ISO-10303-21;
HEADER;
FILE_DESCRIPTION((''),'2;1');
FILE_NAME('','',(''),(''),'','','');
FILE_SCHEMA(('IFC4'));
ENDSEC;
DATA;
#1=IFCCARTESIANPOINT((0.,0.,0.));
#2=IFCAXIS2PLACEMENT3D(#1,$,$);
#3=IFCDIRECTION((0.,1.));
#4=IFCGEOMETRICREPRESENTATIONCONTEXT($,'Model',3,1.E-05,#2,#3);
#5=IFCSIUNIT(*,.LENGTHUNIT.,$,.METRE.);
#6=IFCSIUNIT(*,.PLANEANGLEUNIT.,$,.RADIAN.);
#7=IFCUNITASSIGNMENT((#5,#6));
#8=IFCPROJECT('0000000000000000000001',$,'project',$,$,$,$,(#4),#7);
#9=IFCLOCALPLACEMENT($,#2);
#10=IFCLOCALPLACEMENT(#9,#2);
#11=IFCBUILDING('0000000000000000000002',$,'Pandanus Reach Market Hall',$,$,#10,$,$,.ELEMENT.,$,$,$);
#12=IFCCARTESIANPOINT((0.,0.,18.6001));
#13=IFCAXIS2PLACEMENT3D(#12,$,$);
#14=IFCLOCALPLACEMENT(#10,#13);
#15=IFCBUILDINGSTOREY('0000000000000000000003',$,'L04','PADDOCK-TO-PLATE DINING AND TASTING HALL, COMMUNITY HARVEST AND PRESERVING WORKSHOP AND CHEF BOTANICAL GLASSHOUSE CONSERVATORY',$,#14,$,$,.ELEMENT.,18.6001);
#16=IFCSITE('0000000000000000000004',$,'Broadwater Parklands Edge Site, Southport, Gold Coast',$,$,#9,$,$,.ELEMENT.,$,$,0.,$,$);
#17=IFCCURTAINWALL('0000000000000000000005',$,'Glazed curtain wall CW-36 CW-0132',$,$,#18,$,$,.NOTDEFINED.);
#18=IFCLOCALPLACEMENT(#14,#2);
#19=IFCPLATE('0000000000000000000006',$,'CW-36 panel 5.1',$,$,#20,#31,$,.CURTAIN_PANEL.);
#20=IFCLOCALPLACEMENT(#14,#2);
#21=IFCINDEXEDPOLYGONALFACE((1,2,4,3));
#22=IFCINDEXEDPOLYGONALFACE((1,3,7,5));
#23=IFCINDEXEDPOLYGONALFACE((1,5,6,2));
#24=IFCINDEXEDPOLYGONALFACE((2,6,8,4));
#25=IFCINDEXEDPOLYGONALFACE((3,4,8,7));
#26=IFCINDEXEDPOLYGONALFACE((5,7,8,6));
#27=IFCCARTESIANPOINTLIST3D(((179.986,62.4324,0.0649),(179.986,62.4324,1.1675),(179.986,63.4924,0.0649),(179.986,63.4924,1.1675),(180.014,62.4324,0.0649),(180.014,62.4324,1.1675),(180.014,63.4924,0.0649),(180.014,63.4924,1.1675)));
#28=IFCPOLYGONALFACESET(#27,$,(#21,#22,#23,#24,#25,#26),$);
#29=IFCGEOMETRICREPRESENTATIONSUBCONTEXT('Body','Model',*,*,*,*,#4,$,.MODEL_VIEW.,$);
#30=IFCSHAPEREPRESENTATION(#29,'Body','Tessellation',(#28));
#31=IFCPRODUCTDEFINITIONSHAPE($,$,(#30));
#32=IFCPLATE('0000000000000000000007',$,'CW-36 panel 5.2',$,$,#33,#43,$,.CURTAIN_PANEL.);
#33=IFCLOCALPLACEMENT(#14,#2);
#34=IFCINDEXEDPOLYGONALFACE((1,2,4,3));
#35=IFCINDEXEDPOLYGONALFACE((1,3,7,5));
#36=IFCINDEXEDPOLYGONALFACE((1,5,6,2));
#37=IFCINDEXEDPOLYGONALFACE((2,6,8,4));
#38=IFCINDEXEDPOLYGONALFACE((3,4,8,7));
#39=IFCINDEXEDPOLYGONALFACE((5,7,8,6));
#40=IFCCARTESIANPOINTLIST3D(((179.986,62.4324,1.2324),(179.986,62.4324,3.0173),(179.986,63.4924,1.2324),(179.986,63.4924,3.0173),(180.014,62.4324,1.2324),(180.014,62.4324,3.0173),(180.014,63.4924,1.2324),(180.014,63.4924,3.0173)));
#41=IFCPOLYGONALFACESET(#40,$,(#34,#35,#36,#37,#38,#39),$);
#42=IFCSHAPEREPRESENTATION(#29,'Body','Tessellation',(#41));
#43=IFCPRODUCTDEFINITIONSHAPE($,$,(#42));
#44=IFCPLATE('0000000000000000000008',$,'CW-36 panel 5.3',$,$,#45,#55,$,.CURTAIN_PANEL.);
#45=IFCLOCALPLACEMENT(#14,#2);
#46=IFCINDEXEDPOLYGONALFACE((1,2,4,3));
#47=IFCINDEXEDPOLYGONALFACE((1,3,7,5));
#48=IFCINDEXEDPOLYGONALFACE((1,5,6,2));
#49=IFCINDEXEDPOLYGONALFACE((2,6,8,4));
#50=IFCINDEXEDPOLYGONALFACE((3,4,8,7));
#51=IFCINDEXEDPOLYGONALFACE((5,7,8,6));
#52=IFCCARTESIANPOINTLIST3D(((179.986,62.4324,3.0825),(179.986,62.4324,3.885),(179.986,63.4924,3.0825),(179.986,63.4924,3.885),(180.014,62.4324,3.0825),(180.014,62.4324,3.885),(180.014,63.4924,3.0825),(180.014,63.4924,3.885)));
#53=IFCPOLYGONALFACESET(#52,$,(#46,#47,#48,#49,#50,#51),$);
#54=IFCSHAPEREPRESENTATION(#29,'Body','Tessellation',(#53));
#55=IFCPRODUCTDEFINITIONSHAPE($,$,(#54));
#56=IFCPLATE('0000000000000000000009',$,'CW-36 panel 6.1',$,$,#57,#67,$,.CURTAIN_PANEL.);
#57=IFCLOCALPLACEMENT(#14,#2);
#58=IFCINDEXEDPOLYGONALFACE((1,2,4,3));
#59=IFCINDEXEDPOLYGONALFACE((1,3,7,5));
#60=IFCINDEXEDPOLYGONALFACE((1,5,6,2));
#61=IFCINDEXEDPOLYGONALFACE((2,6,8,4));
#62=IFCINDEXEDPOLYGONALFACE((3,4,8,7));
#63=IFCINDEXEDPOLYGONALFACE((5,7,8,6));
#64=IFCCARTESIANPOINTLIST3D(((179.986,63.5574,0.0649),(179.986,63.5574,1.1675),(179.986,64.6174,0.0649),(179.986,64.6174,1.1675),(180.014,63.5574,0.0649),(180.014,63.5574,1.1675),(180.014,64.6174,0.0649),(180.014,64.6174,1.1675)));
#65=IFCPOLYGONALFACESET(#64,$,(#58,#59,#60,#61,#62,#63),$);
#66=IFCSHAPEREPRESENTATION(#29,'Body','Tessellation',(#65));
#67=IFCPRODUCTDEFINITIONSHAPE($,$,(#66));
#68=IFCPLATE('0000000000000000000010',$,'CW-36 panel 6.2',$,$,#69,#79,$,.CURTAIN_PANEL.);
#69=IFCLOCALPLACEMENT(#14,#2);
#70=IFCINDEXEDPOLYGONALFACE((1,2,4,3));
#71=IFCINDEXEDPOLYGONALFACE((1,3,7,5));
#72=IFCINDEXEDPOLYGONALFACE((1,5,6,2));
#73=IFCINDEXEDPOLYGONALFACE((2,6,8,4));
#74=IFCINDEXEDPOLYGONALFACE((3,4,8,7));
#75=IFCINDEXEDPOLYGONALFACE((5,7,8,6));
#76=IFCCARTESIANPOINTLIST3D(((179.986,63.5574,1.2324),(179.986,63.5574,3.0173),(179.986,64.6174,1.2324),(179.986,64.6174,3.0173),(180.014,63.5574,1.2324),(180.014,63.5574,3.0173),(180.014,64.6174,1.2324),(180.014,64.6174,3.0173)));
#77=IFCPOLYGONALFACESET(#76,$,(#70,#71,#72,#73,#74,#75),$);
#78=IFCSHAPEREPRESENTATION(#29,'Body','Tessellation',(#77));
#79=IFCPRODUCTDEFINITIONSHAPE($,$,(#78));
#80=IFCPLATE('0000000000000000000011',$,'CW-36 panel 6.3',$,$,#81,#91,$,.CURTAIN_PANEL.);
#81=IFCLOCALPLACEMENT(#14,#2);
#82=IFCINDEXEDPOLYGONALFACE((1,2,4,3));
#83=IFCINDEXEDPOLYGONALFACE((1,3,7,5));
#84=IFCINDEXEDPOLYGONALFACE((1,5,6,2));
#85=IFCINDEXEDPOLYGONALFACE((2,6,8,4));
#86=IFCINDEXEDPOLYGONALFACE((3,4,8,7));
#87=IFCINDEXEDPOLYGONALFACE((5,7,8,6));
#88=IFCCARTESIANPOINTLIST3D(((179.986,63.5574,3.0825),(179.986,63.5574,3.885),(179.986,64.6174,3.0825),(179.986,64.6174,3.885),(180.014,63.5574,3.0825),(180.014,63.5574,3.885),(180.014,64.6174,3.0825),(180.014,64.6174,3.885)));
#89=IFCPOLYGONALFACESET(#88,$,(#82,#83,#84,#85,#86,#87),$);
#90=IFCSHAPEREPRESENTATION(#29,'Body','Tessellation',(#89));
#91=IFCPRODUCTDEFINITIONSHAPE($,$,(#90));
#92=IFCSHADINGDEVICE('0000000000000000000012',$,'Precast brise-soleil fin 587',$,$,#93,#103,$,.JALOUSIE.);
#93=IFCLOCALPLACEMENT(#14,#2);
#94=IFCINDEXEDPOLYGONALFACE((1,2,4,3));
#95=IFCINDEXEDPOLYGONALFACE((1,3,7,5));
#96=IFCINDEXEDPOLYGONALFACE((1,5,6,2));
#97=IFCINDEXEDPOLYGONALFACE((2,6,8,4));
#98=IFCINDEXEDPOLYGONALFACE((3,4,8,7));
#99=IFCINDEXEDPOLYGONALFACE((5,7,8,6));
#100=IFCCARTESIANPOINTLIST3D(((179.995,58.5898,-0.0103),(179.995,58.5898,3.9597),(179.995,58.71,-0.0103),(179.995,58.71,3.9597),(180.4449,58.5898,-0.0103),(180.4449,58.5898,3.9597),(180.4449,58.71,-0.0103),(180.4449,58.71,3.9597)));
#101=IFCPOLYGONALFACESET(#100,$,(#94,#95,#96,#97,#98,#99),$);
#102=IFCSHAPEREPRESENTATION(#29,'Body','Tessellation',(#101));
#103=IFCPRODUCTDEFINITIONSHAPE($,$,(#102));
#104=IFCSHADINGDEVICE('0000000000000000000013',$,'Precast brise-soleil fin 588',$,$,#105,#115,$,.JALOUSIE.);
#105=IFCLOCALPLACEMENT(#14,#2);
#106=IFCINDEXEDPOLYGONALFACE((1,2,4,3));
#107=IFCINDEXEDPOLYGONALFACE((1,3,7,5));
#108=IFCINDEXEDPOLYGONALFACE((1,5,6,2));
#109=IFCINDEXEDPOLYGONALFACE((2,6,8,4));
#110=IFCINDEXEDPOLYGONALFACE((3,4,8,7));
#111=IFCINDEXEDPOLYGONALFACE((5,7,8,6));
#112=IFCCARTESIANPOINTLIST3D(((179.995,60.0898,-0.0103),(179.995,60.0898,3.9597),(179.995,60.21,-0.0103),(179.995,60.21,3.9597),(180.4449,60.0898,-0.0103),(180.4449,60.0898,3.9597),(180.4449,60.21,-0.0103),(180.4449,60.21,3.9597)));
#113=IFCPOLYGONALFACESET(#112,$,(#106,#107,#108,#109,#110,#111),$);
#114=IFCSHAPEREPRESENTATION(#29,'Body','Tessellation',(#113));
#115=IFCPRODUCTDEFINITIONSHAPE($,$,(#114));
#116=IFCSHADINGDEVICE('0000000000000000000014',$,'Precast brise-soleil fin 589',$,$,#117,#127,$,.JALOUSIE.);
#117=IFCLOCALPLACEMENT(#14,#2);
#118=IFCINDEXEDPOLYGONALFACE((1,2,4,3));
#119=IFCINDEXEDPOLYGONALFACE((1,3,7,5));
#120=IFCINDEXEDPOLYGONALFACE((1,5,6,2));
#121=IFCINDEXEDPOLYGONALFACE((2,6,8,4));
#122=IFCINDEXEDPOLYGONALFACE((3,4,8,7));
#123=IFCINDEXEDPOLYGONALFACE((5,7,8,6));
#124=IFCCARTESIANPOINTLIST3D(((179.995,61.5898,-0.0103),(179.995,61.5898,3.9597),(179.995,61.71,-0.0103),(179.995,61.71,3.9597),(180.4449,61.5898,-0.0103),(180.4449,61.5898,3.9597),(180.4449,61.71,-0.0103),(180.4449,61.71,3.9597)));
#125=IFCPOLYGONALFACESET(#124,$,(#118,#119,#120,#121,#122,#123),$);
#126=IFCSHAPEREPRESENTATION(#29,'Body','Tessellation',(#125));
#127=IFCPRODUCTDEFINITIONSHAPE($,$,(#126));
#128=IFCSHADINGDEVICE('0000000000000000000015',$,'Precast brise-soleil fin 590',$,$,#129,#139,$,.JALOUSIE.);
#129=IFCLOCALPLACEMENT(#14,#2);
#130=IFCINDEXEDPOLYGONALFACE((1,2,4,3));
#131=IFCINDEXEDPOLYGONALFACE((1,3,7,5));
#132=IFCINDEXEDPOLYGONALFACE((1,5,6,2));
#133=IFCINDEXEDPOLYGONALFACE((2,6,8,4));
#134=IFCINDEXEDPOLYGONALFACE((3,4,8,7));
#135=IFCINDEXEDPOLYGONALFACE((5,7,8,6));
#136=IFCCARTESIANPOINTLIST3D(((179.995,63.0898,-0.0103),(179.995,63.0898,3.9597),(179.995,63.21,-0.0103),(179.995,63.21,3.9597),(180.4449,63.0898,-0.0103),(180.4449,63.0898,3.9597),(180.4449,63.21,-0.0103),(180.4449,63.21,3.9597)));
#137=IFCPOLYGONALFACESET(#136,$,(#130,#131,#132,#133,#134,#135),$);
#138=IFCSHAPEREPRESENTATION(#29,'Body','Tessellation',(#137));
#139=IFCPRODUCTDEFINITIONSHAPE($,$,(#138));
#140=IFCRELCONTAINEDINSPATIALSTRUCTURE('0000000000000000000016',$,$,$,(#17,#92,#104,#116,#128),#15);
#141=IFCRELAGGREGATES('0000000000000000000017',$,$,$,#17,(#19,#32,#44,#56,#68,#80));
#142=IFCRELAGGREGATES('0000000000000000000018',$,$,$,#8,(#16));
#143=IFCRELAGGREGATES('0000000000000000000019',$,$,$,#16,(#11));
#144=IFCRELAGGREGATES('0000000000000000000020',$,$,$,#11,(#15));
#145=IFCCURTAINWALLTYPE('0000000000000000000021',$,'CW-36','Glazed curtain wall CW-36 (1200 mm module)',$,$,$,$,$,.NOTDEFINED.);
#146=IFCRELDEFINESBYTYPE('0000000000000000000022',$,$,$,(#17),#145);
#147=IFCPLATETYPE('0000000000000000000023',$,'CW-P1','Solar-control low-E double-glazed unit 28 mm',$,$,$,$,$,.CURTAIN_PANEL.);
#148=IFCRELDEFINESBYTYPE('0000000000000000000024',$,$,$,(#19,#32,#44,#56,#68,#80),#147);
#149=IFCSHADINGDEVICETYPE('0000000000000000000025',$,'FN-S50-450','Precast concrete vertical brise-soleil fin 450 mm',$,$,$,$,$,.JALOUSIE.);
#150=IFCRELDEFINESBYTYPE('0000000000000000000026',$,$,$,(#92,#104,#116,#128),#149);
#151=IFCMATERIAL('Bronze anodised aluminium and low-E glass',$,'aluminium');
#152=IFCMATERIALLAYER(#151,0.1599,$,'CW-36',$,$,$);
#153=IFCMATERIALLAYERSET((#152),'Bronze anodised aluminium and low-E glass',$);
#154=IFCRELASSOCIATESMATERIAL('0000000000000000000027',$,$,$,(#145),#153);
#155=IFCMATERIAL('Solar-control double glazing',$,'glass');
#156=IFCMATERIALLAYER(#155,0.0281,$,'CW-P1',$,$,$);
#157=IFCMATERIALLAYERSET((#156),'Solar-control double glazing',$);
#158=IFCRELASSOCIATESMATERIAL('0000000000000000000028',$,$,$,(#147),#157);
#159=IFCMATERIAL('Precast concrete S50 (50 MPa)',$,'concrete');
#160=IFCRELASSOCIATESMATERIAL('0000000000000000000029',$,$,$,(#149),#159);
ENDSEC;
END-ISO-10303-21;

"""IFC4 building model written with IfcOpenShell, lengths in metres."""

from ifc_helpers import new_model, si_unit, direction, frame, origin, origin_2d, place, context, subcontext, project, spatial, rectangle, extrude, material, layer, layer_set, type_object, element, aggregate, save


model = new_model("IFC4")

# Units and contexts
model_context = context("Model", 3, precision=1e-05, world=origin(), true_north=direction((0.0, 1.0)))
body_context = subcontext(model_context, "Body", "Model", "MODEL_VIEW")
ifc_project = project(units=[si_unit("LENGTHUNIT", "METRE"), si_unit("PLANEANGLEUNIT", "RADIAN")], contexts=[model_context])

# Site, building, storey
site_placement = place(None, origin())
site = spatial("IfcSite", under=ifc_project, at=site_placement, Name="Broadwater Parklands Edge Site, Southport, Gold Coast", CompositionType="ELEMENT", RefElevation=0.0)
building_placement = place(site_placement, origin())
building = spatial("IfcBuilding", under=site, at=building_placement, Name="Pandanus Reach Market Hall", CompositionType="ELEMENT")
storey_placement = place(building_placement, frame((0.0, 0.0, 18.6001)))
storey = spatial("IfcBuildingStorey", under=building, at=storey_placement, Name="L04", Description="PADDOCK-TO-PLATE DINING AND TASTING HALL, COMMUNITY HARVEST AND PRESERVING WORKSHOP AND CHEF BOTANICAL GLASSHOUSE CONSERVATORY", CompositionType="ELEMENT", Elevation=18.6001)

# Curtain wall, plates
ifc_material_1 = material(Name="Bronze anodised aluminium and low-E glass", Category="aluminium")
ifc_layer_1 = layer(ifc_material_1, 0.1599, Name="CW-36")
ifc_layer_set_1 = layer_set([ifc_layer_1], Name="Bronze anodised aluminium and low-E glass")
curtain_wall_type = type_object("IfcCurtainWallType", Name="CW-36", Description="Glazed curtain wall CW-36 (1200 mm module)", PredefinedType="NOTDEFINED", material=ifc_layer_set_1)
curtain_wall_placement = place(storey_placement, origin())
curtain_wall = element("IfcCurtainWall", 1, at=curtain_wall_placement, inside=storey, type_object=curtain_wall_type, Name="Glazed curtain wall CW-36 CW-0132", PredefinedType="NOTDEFINED")
ifc_material_2 = material(Name="Solar-control double glazing", Category="glass")
ifc_layer_2 = layer(ifc_material_2, 0.0281, Name="CW-P1")
ifc_layer_set_2 = layer_set([ifc_layer_2], Name="Solar-control double glazing")
plate_type = type_object("IfcPlateType", Name="CW-P1", Description="Solar-control low-E double-glazed unit 28 mm", PredefinedType="CURTAIN_PANEL", material=ifc_layer_set_2)
plate_1_placement = place(storey_placement, frame((180.0, 62.9624, 0.0649), z_axis=(0.0, 0.0, 1.0), x_axis=(0.0, 1.0, 0.0)))
plate_1 = element("IfcPlate", 2, at=plate_1_placement, type_object=plate_type, Name="CW-36 panel 5.1", PredefinedType="CURTAIN_PANEL", context=body_context, shape_type="SweptSolid", body=[
    extrude(rectangle(XDim=1.0601, YDim=0.0281, at=origin_2d()), origin(), (0.0, 0.0, 1.0), 1.1025),
])
plate_2_placement = place(storey_placement, frame((180.0, 62.9624, 1.2324), z_axis=(0.0, 0.0, 1.0), x_axis=(0.0, 1.0, 0.0)))
plate_2 = element("IfcPlate", 3, at=plate_2_placement, type_object=plate_type, Name="CW-36 panel 5.2", PredefinedType="CURTAIN_PANEL", context=body_context, shape_type="SweptSolid", body=[
    extrude(rectangle(XDim=1.0601, YDim=0.0281, at=origin_2d()), origin(), (0.0, 0.0, 1.0), 1.7849),
])
plate_3_placement = place(storey_placement, frame((180.0, 62.9624, 3.0825), z_axis=(0.0, 0.0, 1.0), x_axis=(0.0, 1.0, 0.0)))
plate_3 = element("IfcPlate", 4, at=plate_3_placement, type_object=plate_type, Name="CW-36 panel 5.3", PredefinedType="CURTAIN_PANEL", context=body_context, shape_type="SweptSolid", body=[
    extrude(rectangle(XDim=1.0601, YDim=0.0281, at=origin_2d()), origin(), (0.0, 0.0, 1.0), 0.8025),
])
plate_4_placement = place(storey_placement, frame((180.0, 64.0874, 0.0649), z_axis=(0.0, 0.0, 1.0), x_axis=(0.0, 1.0, 0.0)))
plate_4 = element("IfcPlate", 5, at=plate_4_placement, type_object=plate_type, Name="CW-36 panel 6.1", PredefinedType="CURTAIN_PANEL", context=body_context, shape_type="SweptSolid", body=[
    extrude(rectangle(XDim=1.0601, YDim=0.0281, at=origin_2d()), origin(), (0.0, 0.0, 1.0), 1.1025),
])
plate_5_placement = place(storey_placement, frame((180.0, 64.0874, 1.2324), z_axis=(0.0, 0.0, 1.0), x_axis=(0.0, 1.0, 0.0)))
plate_5 = element("IfcPlate", 6, at=plate_5_placement, type_object=plate_type, Name="CW-36 panel 6.2", PredefinedType="CURTAIN_PANEL", context=body_context, shape_type="SweptSolid", body=[
    extrude(rectangle(XDim=1.0601, YDim=0.0281, at=origin_2d()), origin(), (0.0, 0.0, 1.0), 1.7849),
])
plate_6_placement = place(storey_placement, frame((180.0, 64.0874, 3.0825), z_axis=(0.0, 0.0, 1.0), x_axis=(0.0, 1.0, 0.0)))
plate_6 = element("IfcPlate", 7, at=plate_6_placement, type_object=plate_type, Name="CW-36 panel 6.3", PredefinedType="CURTAIN_PANEL", context=body_context, shape_type="SweptSolid", body=[
    extrude(rectangle(XDim=1.0601, YDim=0.0281, at=origin_2d()), origin(), (0.0, 0.0, 1.0), 0.8025),
])
aggregate(curtain_wall, [plate_1, plate_2, plate_3, plate_4, plate_5, plate_6])

# Shading devices
ifc_material_3 = material(Name="Precast concrete S50 (50 MPa)", Category="concrete")
shading_device_type = type_object("IfcShadingDeviceType", Name="FN-S50-450", Description="Precast concrete vertical brise-soleil fin 450 mm", PredefinedType="JALOUSIE", material=ifc_material_3)
for number, where, z_axis, x_axis, name in (
    (8, (180.22, 58.6499, -0.0103), (0.0, 0.0, 1.0), (1.0, 0.0, 0.0), "Precast brise-soleil fin 587"),
    (9, (180.22, 60.1499, -0.0103), (0.0, 0.0, 1.0), (1.0, 0.0, 0.0), "Precast brise-soleil fin 588"),
    (10, (180.22, 61.6499, -0.0103), (0.0, 0.0, 1.0), (1.0, 0.0, 0.0), "Precast brise-soleil fin 589"),
    (11, (180.22, 63.1499, -0.0103), (0.0, 0.0, 1.0), (1.0, 0.0, 0.0), "Precast brise-soleil fin 590"),
):
    element("IfcShadingDevice", number, at=place(storey_placement, frame(where, z_axis=z_axis, x_axis=x_axis)), inside=storey, type_object=shading_device_type, Name=name, PredefinedType="JALOUSIE", context=body_context, shape_type="SweptSolid", body=[
        extrude(rectangle(XDim=0.45, YDim=0.1201, at=origin_2d()), origin(), (0.0, 0.0, 1.0), 3.97),
    ])

save(model, "model.ifc")
